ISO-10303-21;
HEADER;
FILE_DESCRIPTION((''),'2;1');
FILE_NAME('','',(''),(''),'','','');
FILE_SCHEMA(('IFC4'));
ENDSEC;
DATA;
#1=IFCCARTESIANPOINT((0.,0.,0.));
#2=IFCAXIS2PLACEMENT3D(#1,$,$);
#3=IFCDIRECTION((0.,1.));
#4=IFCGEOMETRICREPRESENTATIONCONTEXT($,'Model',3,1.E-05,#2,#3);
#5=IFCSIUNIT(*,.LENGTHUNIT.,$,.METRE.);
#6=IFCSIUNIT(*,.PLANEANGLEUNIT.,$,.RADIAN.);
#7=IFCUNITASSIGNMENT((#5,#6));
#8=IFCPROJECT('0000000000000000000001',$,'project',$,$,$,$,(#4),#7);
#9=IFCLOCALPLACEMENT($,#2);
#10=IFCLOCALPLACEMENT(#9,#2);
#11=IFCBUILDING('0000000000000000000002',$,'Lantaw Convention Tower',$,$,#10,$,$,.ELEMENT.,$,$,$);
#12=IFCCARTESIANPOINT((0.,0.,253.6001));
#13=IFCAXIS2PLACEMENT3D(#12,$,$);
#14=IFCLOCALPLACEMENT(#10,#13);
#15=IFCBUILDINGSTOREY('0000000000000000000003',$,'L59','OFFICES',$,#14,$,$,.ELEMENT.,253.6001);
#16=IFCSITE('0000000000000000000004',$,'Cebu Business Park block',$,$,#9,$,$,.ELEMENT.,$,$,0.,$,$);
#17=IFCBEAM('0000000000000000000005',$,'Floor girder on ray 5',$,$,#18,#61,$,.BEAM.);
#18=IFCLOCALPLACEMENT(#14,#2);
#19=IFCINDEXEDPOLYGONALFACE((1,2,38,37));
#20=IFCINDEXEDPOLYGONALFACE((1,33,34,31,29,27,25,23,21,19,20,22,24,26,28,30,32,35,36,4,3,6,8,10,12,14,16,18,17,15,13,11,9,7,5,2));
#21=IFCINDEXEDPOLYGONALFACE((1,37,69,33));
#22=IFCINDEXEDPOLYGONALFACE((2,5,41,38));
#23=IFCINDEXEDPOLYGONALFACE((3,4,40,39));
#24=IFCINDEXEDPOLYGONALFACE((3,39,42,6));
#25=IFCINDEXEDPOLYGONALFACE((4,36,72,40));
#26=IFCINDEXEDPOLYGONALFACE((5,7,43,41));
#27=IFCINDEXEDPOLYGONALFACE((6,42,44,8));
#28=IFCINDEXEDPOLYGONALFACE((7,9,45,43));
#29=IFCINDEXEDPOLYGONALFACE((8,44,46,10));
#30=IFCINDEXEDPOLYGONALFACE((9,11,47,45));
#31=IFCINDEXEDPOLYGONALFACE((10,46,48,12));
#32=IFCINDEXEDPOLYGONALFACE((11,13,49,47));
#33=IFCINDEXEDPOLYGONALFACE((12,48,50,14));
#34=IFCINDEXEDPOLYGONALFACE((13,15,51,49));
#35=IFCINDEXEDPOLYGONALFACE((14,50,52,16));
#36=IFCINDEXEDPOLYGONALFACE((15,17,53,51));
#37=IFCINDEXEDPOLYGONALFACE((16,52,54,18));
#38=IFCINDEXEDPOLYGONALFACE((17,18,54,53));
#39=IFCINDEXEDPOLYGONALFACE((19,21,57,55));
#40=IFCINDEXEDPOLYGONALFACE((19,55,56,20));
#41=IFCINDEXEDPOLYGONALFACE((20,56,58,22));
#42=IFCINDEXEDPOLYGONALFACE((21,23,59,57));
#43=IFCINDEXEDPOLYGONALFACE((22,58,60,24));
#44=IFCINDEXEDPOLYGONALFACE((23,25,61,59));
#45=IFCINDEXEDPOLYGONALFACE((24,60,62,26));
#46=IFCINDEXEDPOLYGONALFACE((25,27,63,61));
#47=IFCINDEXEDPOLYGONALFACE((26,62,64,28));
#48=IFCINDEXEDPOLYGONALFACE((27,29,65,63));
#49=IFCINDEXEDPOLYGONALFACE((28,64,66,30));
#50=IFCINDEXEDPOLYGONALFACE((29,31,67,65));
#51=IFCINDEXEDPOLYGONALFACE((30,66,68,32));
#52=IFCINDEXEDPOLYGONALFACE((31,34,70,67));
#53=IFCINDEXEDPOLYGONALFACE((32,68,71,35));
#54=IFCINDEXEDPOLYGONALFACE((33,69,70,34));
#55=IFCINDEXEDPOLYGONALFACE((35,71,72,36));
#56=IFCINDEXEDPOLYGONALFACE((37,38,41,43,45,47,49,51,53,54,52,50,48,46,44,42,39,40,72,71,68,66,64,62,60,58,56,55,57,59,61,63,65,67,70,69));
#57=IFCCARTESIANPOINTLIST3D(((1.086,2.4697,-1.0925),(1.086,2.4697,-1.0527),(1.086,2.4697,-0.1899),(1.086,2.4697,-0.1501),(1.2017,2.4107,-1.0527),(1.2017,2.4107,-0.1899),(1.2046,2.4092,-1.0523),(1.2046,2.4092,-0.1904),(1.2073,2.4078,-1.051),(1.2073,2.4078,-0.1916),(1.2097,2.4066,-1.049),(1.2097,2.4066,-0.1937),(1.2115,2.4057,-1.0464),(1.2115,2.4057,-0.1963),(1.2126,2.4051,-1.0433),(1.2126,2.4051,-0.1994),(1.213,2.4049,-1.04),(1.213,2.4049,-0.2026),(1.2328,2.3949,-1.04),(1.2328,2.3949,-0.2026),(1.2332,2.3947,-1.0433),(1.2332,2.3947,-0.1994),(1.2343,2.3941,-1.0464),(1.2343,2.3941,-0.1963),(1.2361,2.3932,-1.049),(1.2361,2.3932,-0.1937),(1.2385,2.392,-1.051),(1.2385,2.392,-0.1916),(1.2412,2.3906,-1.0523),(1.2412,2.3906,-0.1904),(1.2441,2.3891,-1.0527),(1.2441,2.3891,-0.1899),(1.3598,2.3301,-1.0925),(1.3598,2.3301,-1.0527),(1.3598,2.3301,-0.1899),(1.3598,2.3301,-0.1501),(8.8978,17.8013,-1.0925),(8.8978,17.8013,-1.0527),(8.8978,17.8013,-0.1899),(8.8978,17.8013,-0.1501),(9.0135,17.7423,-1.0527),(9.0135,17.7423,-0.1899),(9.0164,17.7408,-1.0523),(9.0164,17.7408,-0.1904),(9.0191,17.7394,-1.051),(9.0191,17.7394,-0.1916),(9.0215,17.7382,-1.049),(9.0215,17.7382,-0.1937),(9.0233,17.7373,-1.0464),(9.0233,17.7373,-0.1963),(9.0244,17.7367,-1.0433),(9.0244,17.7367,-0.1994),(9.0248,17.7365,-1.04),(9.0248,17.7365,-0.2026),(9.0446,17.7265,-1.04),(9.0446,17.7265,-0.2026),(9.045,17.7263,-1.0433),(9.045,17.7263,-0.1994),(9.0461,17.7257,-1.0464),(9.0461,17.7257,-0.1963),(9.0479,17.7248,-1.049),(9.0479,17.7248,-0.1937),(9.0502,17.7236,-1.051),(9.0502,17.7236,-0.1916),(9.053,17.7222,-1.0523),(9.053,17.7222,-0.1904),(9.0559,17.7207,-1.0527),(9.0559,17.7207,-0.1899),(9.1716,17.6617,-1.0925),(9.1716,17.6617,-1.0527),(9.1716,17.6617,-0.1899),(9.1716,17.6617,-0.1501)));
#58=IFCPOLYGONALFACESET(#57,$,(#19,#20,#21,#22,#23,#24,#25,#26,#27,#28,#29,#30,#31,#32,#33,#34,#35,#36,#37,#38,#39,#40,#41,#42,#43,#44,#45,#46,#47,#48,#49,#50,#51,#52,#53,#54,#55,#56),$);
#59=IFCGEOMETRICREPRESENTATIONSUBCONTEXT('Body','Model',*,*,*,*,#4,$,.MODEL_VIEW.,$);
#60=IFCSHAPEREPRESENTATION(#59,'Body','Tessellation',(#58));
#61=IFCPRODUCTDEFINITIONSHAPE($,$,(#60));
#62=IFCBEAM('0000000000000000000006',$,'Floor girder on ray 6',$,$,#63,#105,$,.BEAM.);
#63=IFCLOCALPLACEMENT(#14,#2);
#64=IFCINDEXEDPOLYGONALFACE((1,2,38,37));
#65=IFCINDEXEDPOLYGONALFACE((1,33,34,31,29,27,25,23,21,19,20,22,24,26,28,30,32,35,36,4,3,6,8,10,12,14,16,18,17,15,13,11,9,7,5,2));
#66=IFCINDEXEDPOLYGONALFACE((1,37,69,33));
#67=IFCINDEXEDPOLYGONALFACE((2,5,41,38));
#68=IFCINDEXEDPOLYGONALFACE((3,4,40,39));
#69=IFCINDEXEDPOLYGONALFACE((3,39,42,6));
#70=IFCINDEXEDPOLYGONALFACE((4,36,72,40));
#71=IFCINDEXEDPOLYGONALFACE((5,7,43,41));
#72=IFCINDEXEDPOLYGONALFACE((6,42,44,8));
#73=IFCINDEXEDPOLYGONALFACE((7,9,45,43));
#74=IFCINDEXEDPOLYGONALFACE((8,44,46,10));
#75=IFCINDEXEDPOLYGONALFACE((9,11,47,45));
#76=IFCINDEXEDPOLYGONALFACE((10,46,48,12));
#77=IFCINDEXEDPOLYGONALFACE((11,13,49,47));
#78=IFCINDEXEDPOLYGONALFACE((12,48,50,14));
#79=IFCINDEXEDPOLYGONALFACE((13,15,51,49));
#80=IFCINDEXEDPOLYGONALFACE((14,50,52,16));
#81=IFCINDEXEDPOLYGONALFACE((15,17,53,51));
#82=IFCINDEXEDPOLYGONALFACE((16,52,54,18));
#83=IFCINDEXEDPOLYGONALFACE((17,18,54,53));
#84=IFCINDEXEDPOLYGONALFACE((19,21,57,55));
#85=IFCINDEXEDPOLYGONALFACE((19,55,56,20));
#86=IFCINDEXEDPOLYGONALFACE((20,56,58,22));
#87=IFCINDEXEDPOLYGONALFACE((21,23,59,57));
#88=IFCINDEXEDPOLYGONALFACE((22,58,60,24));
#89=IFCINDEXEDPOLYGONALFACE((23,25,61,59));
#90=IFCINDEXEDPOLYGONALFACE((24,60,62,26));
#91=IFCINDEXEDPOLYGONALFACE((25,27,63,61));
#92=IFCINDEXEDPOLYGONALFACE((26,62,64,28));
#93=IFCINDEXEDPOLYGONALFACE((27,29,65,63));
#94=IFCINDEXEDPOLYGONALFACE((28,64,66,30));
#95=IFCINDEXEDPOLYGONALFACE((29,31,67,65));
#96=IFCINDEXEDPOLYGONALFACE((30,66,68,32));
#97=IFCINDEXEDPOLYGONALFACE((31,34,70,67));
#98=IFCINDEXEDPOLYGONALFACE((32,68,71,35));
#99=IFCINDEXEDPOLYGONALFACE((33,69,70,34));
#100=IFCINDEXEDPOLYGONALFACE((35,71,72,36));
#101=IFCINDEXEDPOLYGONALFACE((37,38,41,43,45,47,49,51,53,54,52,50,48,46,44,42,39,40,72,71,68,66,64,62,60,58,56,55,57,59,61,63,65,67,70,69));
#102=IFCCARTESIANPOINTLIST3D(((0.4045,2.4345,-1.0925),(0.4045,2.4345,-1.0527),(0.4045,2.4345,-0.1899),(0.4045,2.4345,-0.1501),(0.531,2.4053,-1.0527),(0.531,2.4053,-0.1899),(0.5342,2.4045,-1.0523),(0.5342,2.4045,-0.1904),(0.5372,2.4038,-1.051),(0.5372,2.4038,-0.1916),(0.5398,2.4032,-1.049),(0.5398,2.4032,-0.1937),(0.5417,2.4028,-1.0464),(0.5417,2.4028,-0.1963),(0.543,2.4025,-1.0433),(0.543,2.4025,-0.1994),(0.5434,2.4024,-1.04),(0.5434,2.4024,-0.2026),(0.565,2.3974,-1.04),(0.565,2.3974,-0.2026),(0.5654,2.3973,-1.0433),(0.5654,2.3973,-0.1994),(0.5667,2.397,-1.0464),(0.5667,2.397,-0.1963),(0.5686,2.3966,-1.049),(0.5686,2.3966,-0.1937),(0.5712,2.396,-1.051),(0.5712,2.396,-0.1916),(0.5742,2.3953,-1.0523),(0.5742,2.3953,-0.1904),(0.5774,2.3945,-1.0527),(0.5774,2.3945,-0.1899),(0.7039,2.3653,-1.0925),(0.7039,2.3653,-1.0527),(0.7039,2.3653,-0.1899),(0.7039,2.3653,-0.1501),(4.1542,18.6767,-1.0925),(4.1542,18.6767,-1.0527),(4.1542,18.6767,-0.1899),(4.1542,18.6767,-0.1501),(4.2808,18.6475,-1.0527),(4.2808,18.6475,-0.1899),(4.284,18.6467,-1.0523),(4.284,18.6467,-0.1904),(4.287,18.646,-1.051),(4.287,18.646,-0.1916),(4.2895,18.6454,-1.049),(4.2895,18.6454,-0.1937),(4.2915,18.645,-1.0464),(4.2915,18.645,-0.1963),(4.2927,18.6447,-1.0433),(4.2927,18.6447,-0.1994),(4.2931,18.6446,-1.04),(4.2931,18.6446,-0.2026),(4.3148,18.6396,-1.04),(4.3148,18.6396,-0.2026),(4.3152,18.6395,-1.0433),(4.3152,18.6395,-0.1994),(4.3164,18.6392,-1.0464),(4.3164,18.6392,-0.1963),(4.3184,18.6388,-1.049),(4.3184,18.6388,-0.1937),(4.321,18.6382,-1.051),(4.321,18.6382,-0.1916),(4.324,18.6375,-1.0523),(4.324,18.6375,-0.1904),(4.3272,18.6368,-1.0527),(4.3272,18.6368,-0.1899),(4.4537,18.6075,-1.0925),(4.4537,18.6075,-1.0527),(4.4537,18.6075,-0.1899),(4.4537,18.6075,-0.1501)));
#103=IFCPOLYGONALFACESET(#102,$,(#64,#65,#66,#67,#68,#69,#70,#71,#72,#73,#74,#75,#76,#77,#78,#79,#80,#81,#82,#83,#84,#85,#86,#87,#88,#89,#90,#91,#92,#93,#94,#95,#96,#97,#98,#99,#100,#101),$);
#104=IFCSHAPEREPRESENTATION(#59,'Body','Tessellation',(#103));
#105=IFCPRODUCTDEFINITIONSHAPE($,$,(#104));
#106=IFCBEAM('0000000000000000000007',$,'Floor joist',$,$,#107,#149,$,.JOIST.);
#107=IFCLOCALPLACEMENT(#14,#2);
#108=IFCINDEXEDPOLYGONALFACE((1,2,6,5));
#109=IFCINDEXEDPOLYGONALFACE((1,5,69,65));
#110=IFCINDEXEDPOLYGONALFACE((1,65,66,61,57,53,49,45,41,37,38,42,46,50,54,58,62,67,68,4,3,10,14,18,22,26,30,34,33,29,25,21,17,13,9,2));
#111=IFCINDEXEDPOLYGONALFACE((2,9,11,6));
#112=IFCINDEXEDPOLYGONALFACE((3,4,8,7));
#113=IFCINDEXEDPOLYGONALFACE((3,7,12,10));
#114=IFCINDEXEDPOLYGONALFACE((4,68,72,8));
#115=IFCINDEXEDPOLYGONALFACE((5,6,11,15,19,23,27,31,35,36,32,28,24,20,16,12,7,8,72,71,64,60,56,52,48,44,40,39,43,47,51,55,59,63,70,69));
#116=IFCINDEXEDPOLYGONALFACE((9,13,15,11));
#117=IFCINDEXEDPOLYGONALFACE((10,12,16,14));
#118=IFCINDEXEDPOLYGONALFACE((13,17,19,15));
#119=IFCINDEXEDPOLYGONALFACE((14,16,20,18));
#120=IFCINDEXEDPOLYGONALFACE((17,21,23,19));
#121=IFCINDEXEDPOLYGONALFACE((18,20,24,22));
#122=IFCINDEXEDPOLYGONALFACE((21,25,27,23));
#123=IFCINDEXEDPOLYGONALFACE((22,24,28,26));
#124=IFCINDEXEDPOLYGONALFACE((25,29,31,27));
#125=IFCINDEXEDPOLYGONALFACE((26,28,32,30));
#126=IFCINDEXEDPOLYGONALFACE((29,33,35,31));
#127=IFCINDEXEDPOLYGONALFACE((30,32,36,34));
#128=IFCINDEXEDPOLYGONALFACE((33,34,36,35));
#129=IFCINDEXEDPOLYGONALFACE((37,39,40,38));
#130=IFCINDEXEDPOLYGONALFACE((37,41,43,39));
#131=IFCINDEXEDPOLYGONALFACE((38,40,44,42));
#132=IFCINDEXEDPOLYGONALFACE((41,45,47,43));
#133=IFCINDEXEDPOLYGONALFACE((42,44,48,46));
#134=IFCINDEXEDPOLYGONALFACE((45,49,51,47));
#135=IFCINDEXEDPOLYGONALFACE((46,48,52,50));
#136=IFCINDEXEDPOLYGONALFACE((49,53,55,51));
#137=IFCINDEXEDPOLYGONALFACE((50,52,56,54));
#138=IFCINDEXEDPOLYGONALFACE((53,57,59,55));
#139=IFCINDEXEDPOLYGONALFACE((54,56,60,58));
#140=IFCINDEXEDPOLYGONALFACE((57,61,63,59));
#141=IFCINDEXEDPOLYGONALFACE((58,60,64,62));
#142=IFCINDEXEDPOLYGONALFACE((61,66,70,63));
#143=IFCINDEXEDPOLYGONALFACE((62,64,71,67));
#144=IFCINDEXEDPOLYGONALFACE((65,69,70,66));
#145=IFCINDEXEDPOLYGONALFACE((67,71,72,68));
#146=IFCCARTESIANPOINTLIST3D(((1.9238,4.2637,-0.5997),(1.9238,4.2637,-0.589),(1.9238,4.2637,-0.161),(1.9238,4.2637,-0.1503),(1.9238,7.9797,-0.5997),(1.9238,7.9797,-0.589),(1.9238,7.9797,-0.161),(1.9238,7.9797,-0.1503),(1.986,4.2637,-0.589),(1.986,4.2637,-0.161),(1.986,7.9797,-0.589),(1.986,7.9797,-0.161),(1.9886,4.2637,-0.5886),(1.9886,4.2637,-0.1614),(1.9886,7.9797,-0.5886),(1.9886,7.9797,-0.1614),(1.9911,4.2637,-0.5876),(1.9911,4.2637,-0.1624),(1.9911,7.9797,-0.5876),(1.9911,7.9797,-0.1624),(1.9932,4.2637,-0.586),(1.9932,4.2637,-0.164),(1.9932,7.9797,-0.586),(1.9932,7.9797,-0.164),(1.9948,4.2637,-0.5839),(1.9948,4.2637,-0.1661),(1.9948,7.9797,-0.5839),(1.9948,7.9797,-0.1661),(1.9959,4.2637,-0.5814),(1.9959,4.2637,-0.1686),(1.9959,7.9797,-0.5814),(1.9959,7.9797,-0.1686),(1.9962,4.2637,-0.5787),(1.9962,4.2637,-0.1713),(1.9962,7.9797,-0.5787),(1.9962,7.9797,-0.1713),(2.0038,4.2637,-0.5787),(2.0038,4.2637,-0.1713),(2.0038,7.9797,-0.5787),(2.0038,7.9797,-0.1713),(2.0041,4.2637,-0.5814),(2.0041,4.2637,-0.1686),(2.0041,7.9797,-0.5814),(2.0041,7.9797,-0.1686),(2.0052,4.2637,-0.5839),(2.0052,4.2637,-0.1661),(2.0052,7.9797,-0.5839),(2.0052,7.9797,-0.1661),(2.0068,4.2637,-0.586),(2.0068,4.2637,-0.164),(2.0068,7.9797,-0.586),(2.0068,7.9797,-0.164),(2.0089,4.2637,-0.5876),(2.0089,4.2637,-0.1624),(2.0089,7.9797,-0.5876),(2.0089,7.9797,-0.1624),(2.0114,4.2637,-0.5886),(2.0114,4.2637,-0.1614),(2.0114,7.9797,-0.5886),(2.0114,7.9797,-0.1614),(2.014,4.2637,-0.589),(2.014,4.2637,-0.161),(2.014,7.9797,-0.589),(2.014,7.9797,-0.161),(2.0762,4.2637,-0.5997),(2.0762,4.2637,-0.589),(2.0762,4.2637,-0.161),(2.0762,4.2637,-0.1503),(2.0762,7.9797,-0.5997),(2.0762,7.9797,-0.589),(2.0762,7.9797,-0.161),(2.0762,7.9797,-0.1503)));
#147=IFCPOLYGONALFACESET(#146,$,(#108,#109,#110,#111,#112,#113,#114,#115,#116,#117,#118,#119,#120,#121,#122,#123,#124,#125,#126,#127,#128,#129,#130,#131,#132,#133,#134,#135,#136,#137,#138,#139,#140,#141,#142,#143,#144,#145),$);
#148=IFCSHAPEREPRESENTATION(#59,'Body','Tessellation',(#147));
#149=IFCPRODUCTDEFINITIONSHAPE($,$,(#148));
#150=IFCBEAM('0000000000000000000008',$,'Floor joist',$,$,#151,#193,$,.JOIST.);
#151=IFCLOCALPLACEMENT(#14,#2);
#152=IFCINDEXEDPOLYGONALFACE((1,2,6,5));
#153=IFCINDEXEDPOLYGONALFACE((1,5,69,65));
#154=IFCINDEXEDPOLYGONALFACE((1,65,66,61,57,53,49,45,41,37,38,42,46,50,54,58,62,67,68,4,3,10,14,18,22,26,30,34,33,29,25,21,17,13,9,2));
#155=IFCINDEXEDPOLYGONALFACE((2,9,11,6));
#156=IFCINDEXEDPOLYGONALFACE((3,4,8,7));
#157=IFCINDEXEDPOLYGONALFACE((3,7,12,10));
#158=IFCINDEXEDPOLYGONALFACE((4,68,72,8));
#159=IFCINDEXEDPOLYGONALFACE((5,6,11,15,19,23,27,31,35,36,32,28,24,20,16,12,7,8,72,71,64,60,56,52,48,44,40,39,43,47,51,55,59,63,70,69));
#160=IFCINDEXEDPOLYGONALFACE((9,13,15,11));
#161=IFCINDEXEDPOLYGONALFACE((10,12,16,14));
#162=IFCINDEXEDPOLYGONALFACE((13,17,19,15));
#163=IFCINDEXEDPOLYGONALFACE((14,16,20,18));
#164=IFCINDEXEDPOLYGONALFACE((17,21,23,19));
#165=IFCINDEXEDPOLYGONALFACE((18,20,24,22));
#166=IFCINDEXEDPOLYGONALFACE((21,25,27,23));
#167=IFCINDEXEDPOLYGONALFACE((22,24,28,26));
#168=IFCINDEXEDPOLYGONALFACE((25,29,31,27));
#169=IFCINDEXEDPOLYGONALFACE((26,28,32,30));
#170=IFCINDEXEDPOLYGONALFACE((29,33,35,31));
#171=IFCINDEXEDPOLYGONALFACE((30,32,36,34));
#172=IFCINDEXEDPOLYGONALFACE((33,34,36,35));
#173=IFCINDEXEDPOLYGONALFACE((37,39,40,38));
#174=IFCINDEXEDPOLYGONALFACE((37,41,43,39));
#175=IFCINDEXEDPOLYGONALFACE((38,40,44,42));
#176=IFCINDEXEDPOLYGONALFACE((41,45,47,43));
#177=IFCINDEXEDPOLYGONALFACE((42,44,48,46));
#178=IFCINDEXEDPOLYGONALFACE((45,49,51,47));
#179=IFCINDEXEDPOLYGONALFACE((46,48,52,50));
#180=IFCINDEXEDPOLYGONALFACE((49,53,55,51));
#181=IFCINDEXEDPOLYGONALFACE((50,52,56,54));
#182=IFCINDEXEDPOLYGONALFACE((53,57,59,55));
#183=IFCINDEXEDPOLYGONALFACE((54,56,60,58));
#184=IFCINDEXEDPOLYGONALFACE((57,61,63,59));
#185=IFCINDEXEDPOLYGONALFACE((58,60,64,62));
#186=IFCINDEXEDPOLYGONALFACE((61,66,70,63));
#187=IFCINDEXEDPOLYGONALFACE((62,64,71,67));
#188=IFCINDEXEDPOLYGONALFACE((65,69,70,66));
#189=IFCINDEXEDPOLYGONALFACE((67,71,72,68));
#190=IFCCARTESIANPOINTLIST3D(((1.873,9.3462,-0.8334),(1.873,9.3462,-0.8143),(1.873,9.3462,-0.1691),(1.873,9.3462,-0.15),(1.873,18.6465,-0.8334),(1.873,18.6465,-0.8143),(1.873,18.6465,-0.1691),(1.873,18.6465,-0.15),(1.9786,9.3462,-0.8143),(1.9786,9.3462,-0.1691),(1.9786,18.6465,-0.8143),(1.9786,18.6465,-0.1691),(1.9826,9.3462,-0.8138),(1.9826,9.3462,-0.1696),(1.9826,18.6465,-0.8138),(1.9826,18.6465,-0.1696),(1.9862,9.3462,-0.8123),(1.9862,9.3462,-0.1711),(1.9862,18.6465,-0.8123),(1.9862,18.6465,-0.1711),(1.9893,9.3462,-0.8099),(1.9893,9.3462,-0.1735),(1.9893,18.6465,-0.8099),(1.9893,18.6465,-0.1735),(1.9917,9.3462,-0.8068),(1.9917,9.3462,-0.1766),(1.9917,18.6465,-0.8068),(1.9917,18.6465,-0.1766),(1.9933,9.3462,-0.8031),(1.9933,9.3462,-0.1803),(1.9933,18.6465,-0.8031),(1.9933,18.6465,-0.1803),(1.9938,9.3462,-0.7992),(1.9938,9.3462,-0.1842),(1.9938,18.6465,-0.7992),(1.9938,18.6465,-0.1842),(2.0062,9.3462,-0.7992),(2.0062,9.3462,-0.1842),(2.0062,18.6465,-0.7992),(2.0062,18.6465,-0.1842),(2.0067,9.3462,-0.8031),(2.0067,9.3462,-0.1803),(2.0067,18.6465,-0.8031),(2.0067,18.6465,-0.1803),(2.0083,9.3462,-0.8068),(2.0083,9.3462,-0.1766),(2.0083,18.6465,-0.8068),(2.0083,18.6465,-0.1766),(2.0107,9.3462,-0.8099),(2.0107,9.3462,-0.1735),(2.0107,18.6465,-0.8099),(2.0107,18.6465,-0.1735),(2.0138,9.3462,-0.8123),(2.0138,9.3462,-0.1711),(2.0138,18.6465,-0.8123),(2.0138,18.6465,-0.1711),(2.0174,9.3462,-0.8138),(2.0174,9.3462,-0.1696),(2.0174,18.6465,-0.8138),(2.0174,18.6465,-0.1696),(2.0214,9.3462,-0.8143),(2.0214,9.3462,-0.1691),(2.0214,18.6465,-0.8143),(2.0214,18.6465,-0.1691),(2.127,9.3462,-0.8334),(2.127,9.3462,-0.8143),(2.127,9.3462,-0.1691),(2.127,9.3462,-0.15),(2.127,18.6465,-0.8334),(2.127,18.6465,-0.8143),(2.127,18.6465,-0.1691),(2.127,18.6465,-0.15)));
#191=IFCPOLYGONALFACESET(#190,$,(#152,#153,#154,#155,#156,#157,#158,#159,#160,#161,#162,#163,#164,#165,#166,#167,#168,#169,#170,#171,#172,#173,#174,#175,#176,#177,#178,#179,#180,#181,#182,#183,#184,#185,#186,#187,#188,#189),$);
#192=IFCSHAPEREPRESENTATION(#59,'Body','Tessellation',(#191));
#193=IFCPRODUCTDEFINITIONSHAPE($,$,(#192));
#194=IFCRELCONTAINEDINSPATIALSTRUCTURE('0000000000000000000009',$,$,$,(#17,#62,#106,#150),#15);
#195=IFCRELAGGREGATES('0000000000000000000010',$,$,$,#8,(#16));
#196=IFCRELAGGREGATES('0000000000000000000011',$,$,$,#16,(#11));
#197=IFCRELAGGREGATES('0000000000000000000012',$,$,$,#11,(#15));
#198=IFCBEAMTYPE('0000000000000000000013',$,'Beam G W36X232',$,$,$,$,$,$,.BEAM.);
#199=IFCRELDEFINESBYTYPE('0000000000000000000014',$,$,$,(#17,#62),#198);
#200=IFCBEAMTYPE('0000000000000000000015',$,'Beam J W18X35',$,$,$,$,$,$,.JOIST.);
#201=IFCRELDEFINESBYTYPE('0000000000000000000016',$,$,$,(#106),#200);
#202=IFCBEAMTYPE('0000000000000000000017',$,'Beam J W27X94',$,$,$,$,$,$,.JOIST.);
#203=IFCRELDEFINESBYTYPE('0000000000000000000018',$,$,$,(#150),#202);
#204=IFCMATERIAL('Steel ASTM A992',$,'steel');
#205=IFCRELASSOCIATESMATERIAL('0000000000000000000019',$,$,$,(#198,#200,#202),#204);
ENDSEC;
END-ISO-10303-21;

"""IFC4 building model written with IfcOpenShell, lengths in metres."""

from ifc_helpers import new_model, si_unit, direction, frame, origin, origin_2d, place, context, subcontext, project, spatial, i_section, extrude, material, material_profile, profile_set, type_object, element, save


model = new_model("IFC4")

# Units and contexts
model_context = context("Model", 3, precision=1e-05, world=origin(), true_north=direction((0.0, 1.0)))
body_context = subcontext(model_context, "Body", "Model", "MODEL_VIEW")
ifc_project = project(units=[si_unit("LENGTHUNIT", "METRE"), si_unit("PLANEANGLEUNIT", "RADIAN")], contexts=[model_context])

# Site, building, storey
site_placement = place(None, origin())
site = spatial("IfcSite", under=ifc_project, at=site_placement, Name="Cebu Business Park block", CompositionType="ELEMENT", RefElevation=0.0)
building_placement = place(site_placement, origin())
building = spatial("IfcBuilding", under=site, at=building_placement, Name="Lantaw Convention Tower", CompositionType="ELEMENT")
storey_placement = place(building_placement, frame((0.0, 0.0, 253.6001)))
storey = spatial("IfcBuildingStorey", under=building, at=storey_placement, Name="L59", Description="OFFICES", CompositionType="ELEMENT", Elevation=253.6001)

# Beams
ifc_material_1 = material(Name="Steel ASTM A992", Category="steel")
ifc_material_profile_1 = material_profile(ifc_material_1, i_section(OverallWidth=0.3074, OverallDepth=0.9424, WebThickness=0.0222, FlangeThickness=0.0398, FilletRadius=0.0127, at=origin_2d()), Name="W36X232")
ifc_profile_set_1 = profile_set([ifc_material_profile_1], Name="Steel ASTM A992")
beam_type_1 = type_object("IfcBeamType", Name="Beam G W36X232", PredefinedType="BEAM", material=ifc_profile_set_1)
beam_1_placement = place(storey_placement, frame((1.2229, 2.3999, -0.6213), z_axis=(0.453988, 0.891008, 0.0), x_axis=(-0.891008, 0.453988, 0.0)))
element("IfcBeam", 1, at=beam_1_placement, inside=storey, type_object=beam_type_1, Name="Floor girder on ray 5", PredefinedType="BEAM", context=body_context, shape_type="SweptSolid", body=[
    extrude(i_section(OverallWidth=0.3074, OverallDepth=0.9424, WebThickness=0.0222, FlangeThickness=0.0398, FilletRadius=0.0127, at=origin_2d()), origin(), (0.0, 0.0, 1.0), 17.207),
])
beam_2_placement = place(storey_placement, frame((0.5542, 2.3999, -0.6213), z_axis=(0.224948, 0.974371, 0.0), x_axis=(-0.974371, 0.224948, 0.0)))
element("IfcBeam", 2, at=beam_2_placement, inside=storey, type_object=beam_type_1, Name="Floor girder on ray 6", PredefinedType="BEAM", context=body_context, shape_type="SweptSolid", body=[
    extrude(i_section(OverallWidth=0.3074, OverallDepth=0.9424, WebThickness=0.0222, FlangeThickness=0.0398, FilletRadius=0.0127, at=origin_2d()), origin(), (0.0, 0.0, 1.0), 16.6694),
])
ifc_material_profile_2 = material_profile(ifc_material_1, i_section(OverallWidth=0.1523, OverallDepth=0.4495, WebThickness=0.0076, FlangeThickness=0.0107, FilletRadius=0.0103, at=origin_2d()), Name="W18X35")
ifc_profile_set_2 = profile_set([ifc_material_profile_2], Name="Steel ASTM A992")
beam_type_2 = type_object("IfcBeamType", Name="Beam J W18X35", PredefinedType="JOIST", material=ifc_profile_set_2)
beam_3_placement = place(storey_placement, frame((2.0, 4.2637, -0.375), z_axis=(0.0, 1.0, 0.0), x_axis=(-1.0, 0.0, 0.0)))
element("IfcBeam", 3, at=beam_3_placement, inside=storey, type_object=beam_type_2, Name="Floor joist", PredefinedType="JOIST", context=body_context, shape_type="SweptSolid", body=[
    extrude(i_section(OverallWidth=0.1523, OverallDepth=0.4495, WebThickness=0.0076, FlangeThickness=0.0107, FilletRadius=0.0103, at=origin_2d()), origin(), (0.0, 0.0, 1.0), 3.7161),
])
ifc_material_profile_3 = material_profile(ifc_material_1, i_section(OverallWidth=0.2539, OverallDepth=0.6833, WebThickness=0.0125, FlangeThickness=0.019, FilletRadius=0.0151, at=origin_2d()), Name="W27X94")
ifc_profile_set_3 = profile_set([ifc_material_profile_3], Name="Steel ASTM A992")
beam_type_3 = type_object("IfcBeamType", Name="Beam J W27X94", PredefinedType="JOIST", material=ifc_profile_set_3)
beam_4_placement = place(storey_placement, frame((2.0, 9.3462, -0.4917), z_axis=(0.0, 1.0, 0.0), x_axis=(-1.0, 0.0, 0.0)))
element("IfcBeam", 4, at=beam_4_placement, inside=storey, type_object=beam_type_3, Name="Floor joist", PredefinedType="JOIST", context=body_context, shape_type="SweptSolid", body=[
    extrude(i_section(OverallWidth=0.2539, OverallDepth=0.6833, WebThickness=0.0125, FlangeThickness=0.019, FilletRadius=0.0151, at=origin_2d()), origin(), (0.0, 0.0, 1.0), 9.3003),
])

save(model, "model.ifc")
